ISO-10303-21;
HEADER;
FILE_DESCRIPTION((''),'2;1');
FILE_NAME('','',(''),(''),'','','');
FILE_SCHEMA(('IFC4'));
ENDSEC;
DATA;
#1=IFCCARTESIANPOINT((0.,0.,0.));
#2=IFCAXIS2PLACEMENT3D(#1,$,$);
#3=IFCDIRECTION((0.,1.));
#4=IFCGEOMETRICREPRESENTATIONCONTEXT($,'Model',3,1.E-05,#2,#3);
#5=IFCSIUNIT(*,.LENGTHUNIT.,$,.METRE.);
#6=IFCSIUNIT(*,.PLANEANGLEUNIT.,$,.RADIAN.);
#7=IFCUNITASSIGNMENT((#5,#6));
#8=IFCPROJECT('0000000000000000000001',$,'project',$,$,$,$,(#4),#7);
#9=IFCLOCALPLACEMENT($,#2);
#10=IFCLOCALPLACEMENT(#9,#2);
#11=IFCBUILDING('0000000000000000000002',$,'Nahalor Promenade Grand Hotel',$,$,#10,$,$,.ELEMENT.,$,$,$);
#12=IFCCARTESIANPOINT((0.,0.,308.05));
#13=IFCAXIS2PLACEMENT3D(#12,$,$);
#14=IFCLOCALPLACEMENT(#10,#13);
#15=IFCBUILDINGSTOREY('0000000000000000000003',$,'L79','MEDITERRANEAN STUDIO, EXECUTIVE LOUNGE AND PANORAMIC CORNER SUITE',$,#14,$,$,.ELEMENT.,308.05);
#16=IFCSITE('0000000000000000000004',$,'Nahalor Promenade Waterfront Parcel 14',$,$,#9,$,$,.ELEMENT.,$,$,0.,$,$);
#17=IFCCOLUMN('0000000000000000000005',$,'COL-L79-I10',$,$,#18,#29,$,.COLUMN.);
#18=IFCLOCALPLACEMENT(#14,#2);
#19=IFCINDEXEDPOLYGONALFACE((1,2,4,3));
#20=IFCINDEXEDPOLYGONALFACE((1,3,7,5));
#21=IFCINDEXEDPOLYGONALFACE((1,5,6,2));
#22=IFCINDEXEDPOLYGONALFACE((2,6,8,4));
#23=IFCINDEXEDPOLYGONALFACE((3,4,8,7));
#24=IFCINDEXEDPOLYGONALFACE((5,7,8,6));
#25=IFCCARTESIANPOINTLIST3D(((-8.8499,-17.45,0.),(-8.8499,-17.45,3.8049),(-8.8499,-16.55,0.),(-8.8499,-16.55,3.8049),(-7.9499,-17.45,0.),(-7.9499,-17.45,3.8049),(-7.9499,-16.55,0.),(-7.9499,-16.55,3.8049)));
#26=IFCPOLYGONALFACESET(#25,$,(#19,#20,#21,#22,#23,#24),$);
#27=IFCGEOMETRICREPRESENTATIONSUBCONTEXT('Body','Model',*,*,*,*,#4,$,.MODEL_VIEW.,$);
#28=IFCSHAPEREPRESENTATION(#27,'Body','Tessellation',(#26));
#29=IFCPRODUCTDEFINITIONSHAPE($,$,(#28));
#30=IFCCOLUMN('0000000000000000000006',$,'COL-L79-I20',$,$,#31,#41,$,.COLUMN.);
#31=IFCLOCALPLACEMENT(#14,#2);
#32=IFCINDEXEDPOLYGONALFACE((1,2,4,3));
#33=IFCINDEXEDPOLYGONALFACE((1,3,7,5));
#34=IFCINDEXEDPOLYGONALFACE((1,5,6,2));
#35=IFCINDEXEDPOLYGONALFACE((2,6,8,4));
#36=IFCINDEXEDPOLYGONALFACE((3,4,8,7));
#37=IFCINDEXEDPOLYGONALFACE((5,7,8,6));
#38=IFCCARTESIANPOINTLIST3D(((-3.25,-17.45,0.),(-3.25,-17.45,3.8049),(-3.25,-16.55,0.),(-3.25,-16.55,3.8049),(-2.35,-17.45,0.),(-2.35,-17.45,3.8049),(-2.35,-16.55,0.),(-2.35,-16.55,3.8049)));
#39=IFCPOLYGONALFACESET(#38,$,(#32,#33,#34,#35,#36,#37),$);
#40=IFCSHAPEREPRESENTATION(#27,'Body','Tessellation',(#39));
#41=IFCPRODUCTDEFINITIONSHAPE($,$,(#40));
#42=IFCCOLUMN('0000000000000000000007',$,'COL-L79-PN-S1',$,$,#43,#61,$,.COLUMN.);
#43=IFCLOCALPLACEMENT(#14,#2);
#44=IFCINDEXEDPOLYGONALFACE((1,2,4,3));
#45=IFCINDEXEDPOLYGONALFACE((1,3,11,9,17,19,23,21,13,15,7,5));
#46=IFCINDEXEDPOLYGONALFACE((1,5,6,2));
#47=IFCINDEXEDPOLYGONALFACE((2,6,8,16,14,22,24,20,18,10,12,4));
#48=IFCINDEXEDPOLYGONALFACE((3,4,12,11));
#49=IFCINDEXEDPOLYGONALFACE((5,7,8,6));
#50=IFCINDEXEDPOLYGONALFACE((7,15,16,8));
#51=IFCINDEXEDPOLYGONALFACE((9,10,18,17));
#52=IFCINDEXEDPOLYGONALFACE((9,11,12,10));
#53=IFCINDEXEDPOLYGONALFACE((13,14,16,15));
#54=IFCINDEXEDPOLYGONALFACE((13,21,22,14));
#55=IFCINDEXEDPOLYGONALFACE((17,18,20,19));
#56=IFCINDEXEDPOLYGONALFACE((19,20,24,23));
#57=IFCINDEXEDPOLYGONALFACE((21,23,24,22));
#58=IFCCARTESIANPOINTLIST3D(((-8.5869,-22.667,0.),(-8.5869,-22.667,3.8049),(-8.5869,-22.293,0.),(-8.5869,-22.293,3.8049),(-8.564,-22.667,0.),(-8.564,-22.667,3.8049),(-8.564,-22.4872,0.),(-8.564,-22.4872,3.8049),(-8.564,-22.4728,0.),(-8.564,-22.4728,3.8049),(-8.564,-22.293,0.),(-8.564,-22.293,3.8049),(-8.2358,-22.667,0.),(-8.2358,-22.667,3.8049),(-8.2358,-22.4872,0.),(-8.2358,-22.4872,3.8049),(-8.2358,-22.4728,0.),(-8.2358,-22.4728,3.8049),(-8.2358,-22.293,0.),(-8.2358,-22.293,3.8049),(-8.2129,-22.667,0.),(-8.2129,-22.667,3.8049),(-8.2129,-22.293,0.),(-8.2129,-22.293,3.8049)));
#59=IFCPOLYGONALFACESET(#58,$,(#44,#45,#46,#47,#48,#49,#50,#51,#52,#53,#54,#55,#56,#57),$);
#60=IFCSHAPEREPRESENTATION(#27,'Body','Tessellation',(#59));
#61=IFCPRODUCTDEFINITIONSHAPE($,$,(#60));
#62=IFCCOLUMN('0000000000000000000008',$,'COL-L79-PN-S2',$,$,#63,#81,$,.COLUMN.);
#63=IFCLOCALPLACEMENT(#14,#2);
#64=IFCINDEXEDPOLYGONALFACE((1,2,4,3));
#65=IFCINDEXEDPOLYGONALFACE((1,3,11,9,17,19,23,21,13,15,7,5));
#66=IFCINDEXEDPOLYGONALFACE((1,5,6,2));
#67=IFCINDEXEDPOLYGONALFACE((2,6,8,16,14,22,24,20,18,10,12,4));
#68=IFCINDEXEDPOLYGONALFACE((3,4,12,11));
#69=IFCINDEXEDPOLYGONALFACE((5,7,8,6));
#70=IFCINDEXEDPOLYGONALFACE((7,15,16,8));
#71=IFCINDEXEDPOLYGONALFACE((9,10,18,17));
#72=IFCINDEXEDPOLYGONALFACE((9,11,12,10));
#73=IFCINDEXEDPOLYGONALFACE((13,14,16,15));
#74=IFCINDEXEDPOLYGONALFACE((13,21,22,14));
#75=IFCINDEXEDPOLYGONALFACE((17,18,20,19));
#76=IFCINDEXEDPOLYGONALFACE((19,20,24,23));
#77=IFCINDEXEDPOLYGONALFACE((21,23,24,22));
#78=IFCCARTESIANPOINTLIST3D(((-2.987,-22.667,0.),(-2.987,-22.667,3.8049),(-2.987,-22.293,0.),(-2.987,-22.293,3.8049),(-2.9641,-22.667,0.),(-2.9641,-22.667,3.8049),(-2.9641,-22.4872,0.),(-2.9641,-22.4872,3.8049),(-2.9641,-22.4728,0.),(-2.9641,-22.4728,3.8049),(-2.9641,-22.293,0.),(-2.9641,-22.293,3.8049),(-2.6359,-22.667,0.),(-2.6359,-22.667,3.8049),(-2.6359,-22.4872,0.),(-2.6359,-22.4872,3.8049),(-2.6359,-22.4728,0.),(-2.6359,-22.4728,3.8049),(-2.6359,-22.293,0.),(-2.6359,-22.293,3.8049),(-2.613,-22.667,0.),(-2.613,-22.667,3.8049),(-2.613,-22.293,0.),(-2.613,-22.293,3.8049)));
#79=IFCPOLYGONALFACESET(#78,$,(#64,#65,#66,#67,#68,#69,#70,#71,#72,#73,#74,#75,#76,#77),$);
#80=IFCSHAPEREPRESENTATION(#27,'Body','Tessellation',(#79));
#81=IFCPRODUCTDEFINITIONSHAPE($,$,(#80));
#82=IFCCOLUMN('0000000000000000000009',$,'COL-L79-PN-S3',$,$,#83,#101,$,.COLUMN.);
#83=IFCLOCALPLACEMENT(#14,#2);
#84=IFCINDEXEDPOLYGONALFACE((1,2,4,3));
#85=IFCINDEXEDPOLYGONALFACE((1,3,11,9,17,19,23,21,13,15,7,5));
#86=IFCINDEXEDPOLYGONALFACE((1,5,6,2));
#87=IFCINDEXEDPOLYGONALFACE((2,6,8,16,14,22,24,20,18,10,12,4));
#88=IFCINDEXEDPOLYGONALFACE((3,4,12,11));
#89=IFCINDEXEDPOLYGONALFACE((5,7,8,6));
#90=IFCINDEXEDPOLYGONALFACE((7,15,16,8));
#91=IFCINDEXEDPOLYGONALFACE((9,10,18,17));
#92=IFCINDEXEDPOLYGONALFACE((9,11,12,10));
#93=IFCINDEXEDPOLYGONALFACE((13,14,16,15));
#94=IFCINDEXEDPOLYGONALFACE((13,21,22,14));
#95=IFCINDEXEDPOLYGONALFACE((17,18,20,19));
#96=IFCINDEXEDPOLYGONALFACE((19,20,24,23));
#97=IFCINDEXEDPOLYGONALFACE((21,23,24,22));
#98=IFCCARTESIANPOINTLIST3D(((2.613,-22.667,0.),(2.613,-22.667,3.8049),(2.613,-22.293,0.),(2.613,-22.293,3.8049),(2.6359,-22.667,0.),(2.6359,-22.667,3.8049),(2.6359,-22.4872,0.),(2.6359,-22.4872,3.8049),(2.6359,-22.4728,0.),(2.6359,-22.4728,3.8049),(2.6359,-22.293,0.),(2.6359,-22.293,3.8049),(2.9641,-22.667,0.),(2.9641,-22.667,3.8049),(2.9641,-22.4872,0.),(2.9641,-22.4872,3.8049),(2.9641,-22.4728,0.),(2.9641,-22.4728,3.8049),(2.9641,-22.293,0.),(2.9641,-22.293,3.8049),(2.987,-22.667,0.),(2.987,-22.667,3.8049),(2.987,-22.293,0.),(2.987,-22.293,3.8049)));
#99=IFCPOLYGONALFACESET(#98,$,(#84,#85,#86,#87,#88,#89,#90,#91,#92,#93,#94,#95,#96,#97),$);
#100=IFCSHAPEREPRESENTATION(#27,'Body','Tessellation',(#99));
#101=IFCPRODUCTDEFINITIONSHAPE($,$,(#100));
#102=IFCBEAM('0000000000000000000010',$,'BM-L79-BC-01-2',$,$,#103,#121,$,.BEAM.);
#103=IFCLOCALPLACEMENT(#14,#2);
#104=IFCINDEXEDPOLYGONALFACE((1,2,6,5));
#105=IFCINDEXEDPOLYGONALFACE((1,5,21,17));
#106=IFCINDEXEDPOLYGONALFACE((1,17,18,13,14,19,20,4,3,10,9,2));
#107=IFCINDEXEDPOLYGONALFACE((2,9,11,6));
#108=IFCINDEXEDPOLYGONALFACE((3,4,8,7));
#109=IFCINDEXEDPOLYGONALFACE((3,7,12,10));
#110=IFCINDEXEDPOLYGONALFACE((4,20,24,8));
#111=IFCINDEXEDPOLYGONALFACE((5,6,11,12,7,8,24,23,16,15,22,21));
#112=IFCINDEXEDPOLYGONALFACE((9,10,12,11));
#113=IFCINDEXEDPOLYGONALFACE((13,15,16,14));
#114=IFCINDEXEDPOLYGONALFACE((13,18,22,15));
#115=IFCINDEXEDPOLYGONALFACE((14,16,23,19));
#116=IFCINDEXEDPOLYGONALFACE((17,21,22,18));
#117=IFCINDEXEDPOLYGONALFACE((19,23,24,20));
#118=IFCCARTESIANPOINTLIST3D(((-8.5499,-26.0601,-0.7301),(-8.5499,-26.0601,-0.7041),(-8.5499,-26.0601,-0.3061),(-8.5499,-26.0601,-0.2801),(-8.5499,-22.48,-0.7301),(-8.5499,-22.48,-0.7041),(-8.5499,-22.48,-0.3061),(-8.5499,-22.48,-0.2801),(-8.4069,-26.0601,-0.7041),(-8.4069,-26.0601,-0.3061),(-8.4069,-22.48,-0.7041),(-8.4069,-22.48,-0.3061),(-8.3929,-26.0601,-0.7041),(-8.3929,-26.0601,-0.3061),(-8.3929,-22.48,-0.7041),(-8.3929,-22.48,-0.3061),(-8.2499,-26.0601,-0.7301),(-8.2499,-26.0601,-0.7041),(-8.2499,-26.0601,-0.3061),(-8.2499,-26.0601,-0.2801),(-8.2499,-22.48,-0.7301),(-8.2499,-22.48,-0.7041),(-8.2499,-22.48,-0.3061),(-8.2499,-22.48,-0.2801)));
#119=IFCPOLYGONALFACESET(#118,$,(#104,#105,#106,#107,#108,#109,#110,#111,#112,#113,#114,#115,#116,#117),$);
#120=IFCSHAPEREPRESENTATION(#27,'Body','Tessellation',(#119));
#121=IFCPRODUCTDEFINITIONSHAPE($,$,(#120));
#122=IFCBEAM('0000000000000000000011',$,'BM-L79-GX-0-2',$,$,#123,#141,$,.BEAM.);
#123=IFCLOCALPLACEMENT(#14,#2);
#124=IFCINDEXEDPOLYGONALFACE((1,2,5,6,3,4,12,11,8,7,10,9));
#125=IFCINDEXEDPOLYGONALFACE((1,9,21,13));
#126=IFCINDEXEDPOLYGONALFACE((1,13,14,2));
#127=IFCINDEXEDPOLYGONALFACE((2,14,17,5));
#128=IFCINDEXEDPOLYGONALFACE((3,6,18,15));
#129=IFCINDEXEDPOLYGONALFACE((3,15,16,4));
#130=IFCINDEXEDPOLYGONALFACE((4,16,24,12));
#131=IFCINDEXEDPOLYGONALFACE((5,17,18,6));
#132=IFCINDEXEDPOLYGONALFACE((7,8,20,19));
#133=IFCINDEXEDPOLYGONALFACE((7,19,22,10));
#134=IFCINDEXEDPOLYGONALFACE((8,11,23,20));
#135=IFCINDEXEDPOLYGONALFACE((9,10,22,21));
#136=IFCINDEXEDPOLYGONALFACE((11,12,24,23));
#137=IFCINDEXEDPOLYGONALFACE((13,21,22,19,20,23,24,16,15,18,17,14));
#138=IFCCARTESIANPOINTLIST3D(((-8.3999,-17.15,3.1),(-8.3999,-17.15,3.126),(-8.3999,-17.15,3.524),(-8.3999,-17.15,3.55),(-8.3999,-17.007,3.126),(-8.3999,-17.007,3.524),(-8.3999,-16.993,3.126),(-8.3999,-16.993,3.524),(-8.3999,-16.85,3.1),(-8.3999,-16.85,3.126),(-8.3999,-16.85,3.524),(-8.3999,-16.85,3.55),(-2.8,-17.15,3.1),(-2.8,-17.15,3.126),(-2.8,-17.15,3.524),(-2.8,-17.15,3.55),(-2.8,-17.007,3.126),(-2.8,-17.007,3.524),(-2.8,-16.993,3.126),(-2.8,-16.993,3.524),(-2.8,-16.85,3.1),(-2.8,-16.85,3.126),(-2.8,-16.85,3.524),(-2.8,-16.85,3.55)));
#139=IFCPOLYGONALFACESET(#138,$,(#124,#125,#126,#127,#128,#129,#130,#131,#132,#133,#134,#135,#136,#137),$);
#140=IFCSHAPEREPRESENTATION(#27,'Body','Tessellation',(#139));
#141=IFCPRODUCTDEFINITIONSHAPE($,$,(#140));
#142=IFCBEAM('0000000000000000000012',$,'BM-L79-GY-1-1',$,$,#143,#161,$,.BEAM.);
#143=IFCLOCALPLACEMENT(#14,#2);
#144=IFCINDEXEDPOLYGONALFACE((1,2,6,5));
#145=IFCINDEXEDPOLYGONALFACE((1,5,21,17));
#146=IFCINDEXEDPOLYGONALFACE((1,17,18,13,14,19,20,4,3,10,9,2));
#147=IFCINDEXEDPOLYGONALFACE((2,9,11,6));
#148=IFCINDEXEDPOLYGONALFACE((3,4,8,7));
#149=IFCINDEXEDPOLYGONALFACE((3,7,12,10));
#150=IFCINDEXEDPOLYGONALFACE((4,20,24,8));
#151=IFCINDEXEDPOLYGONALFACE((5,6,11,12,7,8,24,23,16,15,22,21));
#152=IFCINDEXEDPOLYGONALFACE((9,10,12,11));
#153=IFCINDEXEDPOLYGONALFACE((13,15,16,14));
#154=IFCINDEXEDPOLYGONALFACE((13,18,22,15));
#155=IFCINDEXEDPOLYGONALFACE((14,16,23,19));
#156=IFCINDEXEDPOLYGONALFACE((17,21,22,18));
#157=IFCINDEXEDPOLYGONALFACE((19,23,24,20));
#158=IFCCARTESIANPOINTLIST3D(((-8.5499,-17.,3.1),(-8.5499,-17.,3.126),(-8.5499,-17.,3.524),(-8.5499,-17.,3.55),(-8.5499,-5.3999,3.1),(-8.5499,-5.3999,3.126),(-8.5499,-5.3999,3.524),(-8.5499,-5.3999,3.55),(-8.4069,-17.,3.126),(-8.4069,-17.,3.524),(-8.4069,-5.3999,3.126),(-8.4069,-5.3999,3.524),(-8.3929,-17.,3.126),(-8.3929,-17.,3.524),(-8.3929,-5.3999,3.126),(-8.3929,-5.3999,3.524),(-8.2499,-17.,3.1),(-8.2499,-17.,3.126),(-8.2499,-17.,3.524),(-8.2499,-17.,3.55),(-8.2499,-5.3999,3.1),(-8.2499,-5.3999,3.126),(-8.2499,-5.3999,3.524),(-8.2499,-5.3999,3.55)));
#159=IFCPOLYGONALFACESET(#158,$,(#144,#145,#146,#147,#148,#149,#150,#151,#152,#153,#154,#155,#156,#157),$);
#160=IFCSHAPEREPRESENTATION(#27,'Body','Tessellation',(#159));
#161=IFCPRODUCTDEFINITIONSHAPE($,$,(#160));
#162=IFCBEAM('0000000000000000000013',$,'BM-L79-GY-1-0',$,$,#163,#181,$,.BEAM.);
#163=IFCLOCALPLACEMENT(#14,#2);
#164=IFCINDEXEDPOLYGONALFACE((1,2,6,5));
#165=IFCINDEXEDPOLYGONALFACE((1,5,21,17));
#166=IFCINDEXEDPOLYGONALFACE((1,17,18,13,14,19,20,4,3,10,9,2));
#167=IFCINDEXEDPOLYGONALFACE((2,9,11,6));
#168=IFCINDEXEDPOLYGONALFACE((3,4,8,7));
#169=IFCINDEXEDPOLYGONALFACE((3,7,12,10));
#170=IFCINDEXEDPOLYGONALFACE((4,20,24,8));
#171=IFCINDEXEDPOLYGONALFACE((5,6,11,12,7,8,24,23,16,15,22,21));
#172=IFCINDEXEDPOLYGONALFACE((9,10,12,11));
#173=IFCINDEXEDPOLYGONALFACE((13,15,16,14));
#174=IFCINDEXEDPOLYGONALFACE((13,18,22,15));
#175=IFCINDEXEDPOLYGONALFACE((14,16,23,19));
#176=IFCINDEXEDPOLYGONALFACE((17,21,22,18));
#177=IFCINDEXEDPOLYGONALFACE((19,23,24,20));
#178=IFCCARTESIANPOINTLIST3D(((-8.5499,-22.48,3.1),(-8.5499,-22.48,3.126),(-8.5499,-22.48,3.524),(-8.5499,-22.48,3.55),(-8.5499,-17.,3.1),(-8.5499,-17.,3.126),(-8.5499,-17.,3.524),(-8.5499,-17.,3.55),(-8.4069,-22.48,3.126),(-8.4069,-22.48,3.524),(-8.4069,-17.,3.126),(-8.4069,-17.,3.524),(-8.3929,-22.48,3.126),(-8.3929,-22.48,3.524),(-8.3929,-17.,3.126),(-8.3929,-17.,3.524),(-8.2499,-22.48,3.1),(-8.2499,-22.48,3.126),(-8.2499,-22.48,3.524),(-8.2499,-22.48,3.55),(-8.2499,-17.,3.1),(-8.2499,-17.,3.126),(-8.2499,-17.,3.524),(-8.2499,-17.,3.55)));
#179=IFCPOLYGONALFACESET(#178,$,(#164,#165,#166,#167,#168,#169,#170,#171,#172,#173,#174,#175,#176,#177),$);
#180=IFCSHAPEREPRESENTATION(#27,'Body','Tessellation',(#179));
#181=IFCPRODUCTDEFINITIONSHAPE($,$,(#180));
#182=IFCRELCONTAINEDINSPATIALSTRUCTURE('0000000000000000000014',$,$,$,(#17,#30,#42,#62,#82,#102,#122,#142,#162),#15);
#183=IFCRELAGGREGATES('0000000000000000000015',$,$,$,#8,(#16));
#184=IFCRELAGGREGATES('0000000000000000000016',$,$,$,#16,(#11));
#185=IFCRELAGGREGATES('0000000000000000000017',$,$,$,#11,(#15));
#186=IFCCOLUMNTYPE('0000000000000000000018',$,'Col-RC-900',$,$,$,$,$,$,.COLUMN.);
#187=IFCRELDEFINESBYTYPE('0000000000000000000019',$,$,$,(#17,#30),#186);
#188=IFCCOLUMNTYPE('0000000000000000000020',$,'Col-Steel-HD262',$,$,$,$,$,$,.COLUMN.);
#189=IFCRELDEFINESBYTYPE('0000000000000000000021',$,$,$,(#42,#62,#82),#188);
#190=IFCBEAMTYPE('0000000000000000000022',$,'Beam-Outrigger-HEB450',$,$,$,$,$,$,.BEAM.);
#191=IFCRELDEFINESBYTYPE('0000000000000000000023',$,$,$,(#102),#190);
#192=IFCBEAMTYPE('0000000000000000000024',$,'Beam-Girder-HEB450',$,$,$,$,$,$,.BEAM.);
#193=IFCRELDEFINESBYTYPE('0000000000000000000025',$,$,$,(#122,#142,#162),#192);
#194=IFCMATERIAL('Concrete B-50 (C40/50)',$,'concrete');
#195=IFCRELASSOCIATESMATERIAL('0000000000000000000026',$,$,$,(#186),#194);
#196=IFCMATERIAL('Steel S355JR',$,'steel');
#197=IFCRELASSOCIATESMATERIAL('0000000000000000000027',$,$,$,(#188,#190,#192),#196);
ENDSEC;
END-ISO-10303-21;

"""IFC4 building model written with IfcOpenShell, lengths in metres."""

from ifc_helpers import new_model, si_unit, direction, frame, origin, origin_2d, place, context, subcontext, project, spatial, rectangle, i_section, extrude, source, transform, mapped, material, material_profile, profile_set, type_object, element, save


model = new_model("IFC4")

# Units and contexts
model_context = context("Model", 3, precision=1e-05, world=origin(), true_north=direction((0.0, 1.0)))
body_context = subcontext(model_context, "Body", "Model", "MODEL_VIEW")
ifc_project = project(units=[si_unit("LENGTHUNIT", "METRE"), si_unit("PLANEANGLEUNIT", "RADIAN")], contexts=[model_context])

# Site, building, storey
site_placement = place(None, origin())
site = spatial("IfcSite", under=ifc_project, at=site_placement, Name="Nahalor Promenade Waterfront Parcel 14", CompositionType="ELEMENT", RefElevation=0.0)
building_placement = place(site_placement, origin())
building = spatial("IfcBuilding", under=site, at=building_placement, Name="Nahalor Promenade Grand Hotel", CompositionType="ELEMENT")
storey_placement = place(building_placement, frame((0.0, 0.0, 308.05)))
storey = spatial("IfcBuildingStorey", under=building, at=storey_placement, Name="L79", Description="MEDITERRANEAN STUDIO, EXECUTIVE LOUNGE AND PANORAMIC CORNER SUITE", CompositionType="ELEMENT", Elevation=308.05)

# Columns
ifc_material_1 = material(Name="Concrete B-50 (C40/50)", Category="concrete")
ifc_material_profile_1 = material_profile(ifc_material_1, rectangle(XDim=0.9, YDim=0.9, at=origin_2d()), Name="RC 900x900")
ifc_profile_set_1 = profile_set([ifc_material_profile_1], Name="Concrete B-50 (C40/50)")
column_type_1 = type_object("IfcColumnType", Name="Col-RC-900", PredefinedType="COLUMN", material=ifc_profile_set_1)
shared_shape_1 = source(origin(), body_context, "Body", "SweptSolid", [
    extrude(rectangle(XDim=0.9, YDim=0.9, at=origin_2d()), origin(), (0.0, 0.0, 1.0), 3.8049),
])
for number, where, z_axis, x_axis, name in (
    (1, (-8.3999, -17.0, 0.0), (0.0, 0.0, 1.0), (1.0, 0.0, 0.0), "COL-L79-I10"),
    (2, (-2.8, -17.0, 0.0), (0.0, 0.0, 1.0), (1.0, 0.0, 0.0), "COL-L79-I20"),
):
    element("IfcColumn", number, at=place(storey_placement, frame(where, z_axis=z_axis, x_axis=x_axis)), inside=storey, type_object=column_type_1, Name=name, PredefinedType="COLUMN", context=body_context, shape_type="MappedRepresentation", body=[
        mapped(shared_shape_1, transform((0.0, 0.0, 0.0), scale=1.0)),
    ])
ifc_material_2 = material(Name="Steel S355JR", Category="steel")
ifc_material_profile_2 = material_profile(ifc_material_2, i_section(OverallWidth=0.374, OverallDepth=0.374, WebThickness=0.0144, FlangeThickness=0.0229, at=origin_2d()), Name="HD 360x262")
ifc_profile_set_2 = profile_set([ifc_material_profile_2], Name="Steel S355JR")
column_type_2 = type_object("IfcColumnType", Name="Col-Steel-HD262", PredefinedType="COLUMN", material=ifc_profile_set_2)
shared_shape_2 = source(origin(), body_context, "Body", "SweptSolid", [
    extrude(i_section(OverallWidth=0.374, OverallDepth=0.374, WebThickness=0.0144, FlangeThickness=0.0229, at=origin_2d()), origin(), (0.0, 0.0, 1.0), 3.8049),
])
for number, where, z_axis, x_axis, name in (
    (3, (-8.3999, -22.48, 0.0), (0.0, 0.0, 1.0), (0.0, 1.0, 0.0), "COL-L79-PN-S1"),
    (4, (-2.8, -22.48, 0.0), (0.0, 0.0, 1.0), (0.0, 1.0, 0.0), "COL-L79-PN-S2"),
    (5, (2.8, -22.48, 0.0), (0.0, 0.0, 1.0), (0.0, 1.0, 0.0), "COL-L79-PN-S3"),
):
    element("IfcColumn", number, at=place(storey_placement, frame(where, z_axis=z_axis, x_axis=x_axis)), inside=storey, type_object=column_type_2, Name=name, PredefinedType="COLUMN", context=body_context, shape_type="MappedRepresentation", body=[
        mapped(shared_shape_2, transform((0.0, 0.0, 0.0), scale=1.0)),
    ])

# Beams
ifc_material_profile_3 = material_profile(ifc_material_2, i_section(OverallWidth=0.3, OverallDepth=0.45, WebThickness=0.014, FlangeThickness=0.026, at=origin_2d()), Name="HEB 450")
ifc_profile_set_3 = profile_set([ifc_material_profile_3], Name="Steel S355JR")
beam_type_1 = type_object("IfcBeamType", Name="Beam-Outrigger-HEB450", PredefinedType="BEAM", material=ifc_profile_set_3)
shared_shape_3 = source(origin(), body_context, "Body", "SweptSolid", [
    extrude(i_section(OverallWidth=0.3, OverallDepth=0.45, WebThickness=0.014, FlangeThickness=0.026, at=origin_2d()), origin(), (0.0, 0.0, 1.0), 3.5801),
])
beam_1_placement = place(storey_placement, frame((-8.3999, -26.0601, -0.5051), z_axis=(0.0, 1.0, 0.0), x_axis=(-1.0, 0.0, 0.0)))
element("IfcBeam", 6, at=beam_1_placement, inside=storey, type_object=beam_type_1, Name="BM-L79-BC-01-2", PredefinedType="BEAM", context=body_context, shape_type="MappedRepresentation", body=[
    mapped(shared_shape_3, transform((0.0, 0.0, 0.0), scale=1.0)),
])
ifc_material_profile_4 = material_profile(ifc_material_2, i_section(OverallWidth=0.3, OverallDepth=0.45, WebThickness=0.014, FlangeThickness=0.026, at=origin_2d()), Name="HEB 450")
ifc_profile_set_4 = profile_set([ifc_material_profile_4], Name="Steel S355JR")
beam_type_2 = type_object("IfcBeamType", Name="Beam-Girder-HEB450", PredefinedType="BEAM", material=ifc_profile_set_4)
shared_shape_4 = source(origin(), body_context, "Body", "SweptSolid", [
    extrude(i_section(OverallWidth=0.3, OverallDepth=0.45, WebThickness=0.014, FlangeThickness=0.026, at=origin_2d()), origin(), (0.0, 0.0, 1.0), 5.5999),
])
beam_2_placement = place(storey_placement, frame((-8.3999, -17.0, 3.325), z_axis=(1.0, 0.0, 0.0), x_axis=(0.0, 1.0, 0.0)))
element("IfcBeam", 7, at=beam_2_placement, inside=storey, type_object=beam_type_2, Name="BM-L79-GX-0-2", PredefinedType="BEAM", context=body_context, shape_type="MappedRepresentation", body=[
    mapped(shared_shape_4, transform((0.0, 0.0, 0.0), scale=1.0)),
])
shared_shape_5 = source(origin(), body_context, "Body", "SweptSolid", [
    extrude(i_section(OverallWidth=0.3, OverallDepth=0.45, WebThickness=0.014, FlangeThickness=0.026, at=origin_2d()), origin(), (0.0, 0.0, 1.0), 11.6001),
])
beam_3_placement = place(storey_placement, frame((-8.3999, -17.0, 3.325), z_axis=(0.0, 1.0, 0.0), x_axis=(-1.0, 0.0, 0.0)))
element("IfcBeam", 8, at=beam_3_placement, inside=storey, type_object=beam_type_2, Name="BM-L79-GY-1-1", PredefinedType="BEAM", context=body_context, shape_type="MappedRepresentation", body=[
    mapped(shared_shape_5, transform((0.0, 0.0, 0.0), scale=1.0)),
])
shared_shape_6 = source(origin(), body_context, "Body", "SweptSolid", [
    extrude(i_section(OverallWidth=0.3, OverallDepth=0.45, WebThickness=0.014, FlangeThickness=0.026, at=origin_2d()), origin(), (0.0, 0.0, 1.0), 5.48),
])
for number, where, z_axis, x_axis, name in (
    (9, (-8.3999, -22.48, 3.325), (0.0, 1.0, 0.0), (-1.0, 0.0, 0.0), "BM-L79-GY-1-0"),
):
    element("IfcBeam", number, at=place(storey_placement, frame(where, z_axis=z_axis, x_axis=x_axis)), inside=storey, type_object=beam_type_2, Name=name, PredefinedType="BEAM", context=body_context, shape_type="MappedRepresentation", body=[
        mapped(shared_shape_6, transform((0.0, 0.0, 0.0), scale=1.0)),
    ])

save(model, "model.ifc")
